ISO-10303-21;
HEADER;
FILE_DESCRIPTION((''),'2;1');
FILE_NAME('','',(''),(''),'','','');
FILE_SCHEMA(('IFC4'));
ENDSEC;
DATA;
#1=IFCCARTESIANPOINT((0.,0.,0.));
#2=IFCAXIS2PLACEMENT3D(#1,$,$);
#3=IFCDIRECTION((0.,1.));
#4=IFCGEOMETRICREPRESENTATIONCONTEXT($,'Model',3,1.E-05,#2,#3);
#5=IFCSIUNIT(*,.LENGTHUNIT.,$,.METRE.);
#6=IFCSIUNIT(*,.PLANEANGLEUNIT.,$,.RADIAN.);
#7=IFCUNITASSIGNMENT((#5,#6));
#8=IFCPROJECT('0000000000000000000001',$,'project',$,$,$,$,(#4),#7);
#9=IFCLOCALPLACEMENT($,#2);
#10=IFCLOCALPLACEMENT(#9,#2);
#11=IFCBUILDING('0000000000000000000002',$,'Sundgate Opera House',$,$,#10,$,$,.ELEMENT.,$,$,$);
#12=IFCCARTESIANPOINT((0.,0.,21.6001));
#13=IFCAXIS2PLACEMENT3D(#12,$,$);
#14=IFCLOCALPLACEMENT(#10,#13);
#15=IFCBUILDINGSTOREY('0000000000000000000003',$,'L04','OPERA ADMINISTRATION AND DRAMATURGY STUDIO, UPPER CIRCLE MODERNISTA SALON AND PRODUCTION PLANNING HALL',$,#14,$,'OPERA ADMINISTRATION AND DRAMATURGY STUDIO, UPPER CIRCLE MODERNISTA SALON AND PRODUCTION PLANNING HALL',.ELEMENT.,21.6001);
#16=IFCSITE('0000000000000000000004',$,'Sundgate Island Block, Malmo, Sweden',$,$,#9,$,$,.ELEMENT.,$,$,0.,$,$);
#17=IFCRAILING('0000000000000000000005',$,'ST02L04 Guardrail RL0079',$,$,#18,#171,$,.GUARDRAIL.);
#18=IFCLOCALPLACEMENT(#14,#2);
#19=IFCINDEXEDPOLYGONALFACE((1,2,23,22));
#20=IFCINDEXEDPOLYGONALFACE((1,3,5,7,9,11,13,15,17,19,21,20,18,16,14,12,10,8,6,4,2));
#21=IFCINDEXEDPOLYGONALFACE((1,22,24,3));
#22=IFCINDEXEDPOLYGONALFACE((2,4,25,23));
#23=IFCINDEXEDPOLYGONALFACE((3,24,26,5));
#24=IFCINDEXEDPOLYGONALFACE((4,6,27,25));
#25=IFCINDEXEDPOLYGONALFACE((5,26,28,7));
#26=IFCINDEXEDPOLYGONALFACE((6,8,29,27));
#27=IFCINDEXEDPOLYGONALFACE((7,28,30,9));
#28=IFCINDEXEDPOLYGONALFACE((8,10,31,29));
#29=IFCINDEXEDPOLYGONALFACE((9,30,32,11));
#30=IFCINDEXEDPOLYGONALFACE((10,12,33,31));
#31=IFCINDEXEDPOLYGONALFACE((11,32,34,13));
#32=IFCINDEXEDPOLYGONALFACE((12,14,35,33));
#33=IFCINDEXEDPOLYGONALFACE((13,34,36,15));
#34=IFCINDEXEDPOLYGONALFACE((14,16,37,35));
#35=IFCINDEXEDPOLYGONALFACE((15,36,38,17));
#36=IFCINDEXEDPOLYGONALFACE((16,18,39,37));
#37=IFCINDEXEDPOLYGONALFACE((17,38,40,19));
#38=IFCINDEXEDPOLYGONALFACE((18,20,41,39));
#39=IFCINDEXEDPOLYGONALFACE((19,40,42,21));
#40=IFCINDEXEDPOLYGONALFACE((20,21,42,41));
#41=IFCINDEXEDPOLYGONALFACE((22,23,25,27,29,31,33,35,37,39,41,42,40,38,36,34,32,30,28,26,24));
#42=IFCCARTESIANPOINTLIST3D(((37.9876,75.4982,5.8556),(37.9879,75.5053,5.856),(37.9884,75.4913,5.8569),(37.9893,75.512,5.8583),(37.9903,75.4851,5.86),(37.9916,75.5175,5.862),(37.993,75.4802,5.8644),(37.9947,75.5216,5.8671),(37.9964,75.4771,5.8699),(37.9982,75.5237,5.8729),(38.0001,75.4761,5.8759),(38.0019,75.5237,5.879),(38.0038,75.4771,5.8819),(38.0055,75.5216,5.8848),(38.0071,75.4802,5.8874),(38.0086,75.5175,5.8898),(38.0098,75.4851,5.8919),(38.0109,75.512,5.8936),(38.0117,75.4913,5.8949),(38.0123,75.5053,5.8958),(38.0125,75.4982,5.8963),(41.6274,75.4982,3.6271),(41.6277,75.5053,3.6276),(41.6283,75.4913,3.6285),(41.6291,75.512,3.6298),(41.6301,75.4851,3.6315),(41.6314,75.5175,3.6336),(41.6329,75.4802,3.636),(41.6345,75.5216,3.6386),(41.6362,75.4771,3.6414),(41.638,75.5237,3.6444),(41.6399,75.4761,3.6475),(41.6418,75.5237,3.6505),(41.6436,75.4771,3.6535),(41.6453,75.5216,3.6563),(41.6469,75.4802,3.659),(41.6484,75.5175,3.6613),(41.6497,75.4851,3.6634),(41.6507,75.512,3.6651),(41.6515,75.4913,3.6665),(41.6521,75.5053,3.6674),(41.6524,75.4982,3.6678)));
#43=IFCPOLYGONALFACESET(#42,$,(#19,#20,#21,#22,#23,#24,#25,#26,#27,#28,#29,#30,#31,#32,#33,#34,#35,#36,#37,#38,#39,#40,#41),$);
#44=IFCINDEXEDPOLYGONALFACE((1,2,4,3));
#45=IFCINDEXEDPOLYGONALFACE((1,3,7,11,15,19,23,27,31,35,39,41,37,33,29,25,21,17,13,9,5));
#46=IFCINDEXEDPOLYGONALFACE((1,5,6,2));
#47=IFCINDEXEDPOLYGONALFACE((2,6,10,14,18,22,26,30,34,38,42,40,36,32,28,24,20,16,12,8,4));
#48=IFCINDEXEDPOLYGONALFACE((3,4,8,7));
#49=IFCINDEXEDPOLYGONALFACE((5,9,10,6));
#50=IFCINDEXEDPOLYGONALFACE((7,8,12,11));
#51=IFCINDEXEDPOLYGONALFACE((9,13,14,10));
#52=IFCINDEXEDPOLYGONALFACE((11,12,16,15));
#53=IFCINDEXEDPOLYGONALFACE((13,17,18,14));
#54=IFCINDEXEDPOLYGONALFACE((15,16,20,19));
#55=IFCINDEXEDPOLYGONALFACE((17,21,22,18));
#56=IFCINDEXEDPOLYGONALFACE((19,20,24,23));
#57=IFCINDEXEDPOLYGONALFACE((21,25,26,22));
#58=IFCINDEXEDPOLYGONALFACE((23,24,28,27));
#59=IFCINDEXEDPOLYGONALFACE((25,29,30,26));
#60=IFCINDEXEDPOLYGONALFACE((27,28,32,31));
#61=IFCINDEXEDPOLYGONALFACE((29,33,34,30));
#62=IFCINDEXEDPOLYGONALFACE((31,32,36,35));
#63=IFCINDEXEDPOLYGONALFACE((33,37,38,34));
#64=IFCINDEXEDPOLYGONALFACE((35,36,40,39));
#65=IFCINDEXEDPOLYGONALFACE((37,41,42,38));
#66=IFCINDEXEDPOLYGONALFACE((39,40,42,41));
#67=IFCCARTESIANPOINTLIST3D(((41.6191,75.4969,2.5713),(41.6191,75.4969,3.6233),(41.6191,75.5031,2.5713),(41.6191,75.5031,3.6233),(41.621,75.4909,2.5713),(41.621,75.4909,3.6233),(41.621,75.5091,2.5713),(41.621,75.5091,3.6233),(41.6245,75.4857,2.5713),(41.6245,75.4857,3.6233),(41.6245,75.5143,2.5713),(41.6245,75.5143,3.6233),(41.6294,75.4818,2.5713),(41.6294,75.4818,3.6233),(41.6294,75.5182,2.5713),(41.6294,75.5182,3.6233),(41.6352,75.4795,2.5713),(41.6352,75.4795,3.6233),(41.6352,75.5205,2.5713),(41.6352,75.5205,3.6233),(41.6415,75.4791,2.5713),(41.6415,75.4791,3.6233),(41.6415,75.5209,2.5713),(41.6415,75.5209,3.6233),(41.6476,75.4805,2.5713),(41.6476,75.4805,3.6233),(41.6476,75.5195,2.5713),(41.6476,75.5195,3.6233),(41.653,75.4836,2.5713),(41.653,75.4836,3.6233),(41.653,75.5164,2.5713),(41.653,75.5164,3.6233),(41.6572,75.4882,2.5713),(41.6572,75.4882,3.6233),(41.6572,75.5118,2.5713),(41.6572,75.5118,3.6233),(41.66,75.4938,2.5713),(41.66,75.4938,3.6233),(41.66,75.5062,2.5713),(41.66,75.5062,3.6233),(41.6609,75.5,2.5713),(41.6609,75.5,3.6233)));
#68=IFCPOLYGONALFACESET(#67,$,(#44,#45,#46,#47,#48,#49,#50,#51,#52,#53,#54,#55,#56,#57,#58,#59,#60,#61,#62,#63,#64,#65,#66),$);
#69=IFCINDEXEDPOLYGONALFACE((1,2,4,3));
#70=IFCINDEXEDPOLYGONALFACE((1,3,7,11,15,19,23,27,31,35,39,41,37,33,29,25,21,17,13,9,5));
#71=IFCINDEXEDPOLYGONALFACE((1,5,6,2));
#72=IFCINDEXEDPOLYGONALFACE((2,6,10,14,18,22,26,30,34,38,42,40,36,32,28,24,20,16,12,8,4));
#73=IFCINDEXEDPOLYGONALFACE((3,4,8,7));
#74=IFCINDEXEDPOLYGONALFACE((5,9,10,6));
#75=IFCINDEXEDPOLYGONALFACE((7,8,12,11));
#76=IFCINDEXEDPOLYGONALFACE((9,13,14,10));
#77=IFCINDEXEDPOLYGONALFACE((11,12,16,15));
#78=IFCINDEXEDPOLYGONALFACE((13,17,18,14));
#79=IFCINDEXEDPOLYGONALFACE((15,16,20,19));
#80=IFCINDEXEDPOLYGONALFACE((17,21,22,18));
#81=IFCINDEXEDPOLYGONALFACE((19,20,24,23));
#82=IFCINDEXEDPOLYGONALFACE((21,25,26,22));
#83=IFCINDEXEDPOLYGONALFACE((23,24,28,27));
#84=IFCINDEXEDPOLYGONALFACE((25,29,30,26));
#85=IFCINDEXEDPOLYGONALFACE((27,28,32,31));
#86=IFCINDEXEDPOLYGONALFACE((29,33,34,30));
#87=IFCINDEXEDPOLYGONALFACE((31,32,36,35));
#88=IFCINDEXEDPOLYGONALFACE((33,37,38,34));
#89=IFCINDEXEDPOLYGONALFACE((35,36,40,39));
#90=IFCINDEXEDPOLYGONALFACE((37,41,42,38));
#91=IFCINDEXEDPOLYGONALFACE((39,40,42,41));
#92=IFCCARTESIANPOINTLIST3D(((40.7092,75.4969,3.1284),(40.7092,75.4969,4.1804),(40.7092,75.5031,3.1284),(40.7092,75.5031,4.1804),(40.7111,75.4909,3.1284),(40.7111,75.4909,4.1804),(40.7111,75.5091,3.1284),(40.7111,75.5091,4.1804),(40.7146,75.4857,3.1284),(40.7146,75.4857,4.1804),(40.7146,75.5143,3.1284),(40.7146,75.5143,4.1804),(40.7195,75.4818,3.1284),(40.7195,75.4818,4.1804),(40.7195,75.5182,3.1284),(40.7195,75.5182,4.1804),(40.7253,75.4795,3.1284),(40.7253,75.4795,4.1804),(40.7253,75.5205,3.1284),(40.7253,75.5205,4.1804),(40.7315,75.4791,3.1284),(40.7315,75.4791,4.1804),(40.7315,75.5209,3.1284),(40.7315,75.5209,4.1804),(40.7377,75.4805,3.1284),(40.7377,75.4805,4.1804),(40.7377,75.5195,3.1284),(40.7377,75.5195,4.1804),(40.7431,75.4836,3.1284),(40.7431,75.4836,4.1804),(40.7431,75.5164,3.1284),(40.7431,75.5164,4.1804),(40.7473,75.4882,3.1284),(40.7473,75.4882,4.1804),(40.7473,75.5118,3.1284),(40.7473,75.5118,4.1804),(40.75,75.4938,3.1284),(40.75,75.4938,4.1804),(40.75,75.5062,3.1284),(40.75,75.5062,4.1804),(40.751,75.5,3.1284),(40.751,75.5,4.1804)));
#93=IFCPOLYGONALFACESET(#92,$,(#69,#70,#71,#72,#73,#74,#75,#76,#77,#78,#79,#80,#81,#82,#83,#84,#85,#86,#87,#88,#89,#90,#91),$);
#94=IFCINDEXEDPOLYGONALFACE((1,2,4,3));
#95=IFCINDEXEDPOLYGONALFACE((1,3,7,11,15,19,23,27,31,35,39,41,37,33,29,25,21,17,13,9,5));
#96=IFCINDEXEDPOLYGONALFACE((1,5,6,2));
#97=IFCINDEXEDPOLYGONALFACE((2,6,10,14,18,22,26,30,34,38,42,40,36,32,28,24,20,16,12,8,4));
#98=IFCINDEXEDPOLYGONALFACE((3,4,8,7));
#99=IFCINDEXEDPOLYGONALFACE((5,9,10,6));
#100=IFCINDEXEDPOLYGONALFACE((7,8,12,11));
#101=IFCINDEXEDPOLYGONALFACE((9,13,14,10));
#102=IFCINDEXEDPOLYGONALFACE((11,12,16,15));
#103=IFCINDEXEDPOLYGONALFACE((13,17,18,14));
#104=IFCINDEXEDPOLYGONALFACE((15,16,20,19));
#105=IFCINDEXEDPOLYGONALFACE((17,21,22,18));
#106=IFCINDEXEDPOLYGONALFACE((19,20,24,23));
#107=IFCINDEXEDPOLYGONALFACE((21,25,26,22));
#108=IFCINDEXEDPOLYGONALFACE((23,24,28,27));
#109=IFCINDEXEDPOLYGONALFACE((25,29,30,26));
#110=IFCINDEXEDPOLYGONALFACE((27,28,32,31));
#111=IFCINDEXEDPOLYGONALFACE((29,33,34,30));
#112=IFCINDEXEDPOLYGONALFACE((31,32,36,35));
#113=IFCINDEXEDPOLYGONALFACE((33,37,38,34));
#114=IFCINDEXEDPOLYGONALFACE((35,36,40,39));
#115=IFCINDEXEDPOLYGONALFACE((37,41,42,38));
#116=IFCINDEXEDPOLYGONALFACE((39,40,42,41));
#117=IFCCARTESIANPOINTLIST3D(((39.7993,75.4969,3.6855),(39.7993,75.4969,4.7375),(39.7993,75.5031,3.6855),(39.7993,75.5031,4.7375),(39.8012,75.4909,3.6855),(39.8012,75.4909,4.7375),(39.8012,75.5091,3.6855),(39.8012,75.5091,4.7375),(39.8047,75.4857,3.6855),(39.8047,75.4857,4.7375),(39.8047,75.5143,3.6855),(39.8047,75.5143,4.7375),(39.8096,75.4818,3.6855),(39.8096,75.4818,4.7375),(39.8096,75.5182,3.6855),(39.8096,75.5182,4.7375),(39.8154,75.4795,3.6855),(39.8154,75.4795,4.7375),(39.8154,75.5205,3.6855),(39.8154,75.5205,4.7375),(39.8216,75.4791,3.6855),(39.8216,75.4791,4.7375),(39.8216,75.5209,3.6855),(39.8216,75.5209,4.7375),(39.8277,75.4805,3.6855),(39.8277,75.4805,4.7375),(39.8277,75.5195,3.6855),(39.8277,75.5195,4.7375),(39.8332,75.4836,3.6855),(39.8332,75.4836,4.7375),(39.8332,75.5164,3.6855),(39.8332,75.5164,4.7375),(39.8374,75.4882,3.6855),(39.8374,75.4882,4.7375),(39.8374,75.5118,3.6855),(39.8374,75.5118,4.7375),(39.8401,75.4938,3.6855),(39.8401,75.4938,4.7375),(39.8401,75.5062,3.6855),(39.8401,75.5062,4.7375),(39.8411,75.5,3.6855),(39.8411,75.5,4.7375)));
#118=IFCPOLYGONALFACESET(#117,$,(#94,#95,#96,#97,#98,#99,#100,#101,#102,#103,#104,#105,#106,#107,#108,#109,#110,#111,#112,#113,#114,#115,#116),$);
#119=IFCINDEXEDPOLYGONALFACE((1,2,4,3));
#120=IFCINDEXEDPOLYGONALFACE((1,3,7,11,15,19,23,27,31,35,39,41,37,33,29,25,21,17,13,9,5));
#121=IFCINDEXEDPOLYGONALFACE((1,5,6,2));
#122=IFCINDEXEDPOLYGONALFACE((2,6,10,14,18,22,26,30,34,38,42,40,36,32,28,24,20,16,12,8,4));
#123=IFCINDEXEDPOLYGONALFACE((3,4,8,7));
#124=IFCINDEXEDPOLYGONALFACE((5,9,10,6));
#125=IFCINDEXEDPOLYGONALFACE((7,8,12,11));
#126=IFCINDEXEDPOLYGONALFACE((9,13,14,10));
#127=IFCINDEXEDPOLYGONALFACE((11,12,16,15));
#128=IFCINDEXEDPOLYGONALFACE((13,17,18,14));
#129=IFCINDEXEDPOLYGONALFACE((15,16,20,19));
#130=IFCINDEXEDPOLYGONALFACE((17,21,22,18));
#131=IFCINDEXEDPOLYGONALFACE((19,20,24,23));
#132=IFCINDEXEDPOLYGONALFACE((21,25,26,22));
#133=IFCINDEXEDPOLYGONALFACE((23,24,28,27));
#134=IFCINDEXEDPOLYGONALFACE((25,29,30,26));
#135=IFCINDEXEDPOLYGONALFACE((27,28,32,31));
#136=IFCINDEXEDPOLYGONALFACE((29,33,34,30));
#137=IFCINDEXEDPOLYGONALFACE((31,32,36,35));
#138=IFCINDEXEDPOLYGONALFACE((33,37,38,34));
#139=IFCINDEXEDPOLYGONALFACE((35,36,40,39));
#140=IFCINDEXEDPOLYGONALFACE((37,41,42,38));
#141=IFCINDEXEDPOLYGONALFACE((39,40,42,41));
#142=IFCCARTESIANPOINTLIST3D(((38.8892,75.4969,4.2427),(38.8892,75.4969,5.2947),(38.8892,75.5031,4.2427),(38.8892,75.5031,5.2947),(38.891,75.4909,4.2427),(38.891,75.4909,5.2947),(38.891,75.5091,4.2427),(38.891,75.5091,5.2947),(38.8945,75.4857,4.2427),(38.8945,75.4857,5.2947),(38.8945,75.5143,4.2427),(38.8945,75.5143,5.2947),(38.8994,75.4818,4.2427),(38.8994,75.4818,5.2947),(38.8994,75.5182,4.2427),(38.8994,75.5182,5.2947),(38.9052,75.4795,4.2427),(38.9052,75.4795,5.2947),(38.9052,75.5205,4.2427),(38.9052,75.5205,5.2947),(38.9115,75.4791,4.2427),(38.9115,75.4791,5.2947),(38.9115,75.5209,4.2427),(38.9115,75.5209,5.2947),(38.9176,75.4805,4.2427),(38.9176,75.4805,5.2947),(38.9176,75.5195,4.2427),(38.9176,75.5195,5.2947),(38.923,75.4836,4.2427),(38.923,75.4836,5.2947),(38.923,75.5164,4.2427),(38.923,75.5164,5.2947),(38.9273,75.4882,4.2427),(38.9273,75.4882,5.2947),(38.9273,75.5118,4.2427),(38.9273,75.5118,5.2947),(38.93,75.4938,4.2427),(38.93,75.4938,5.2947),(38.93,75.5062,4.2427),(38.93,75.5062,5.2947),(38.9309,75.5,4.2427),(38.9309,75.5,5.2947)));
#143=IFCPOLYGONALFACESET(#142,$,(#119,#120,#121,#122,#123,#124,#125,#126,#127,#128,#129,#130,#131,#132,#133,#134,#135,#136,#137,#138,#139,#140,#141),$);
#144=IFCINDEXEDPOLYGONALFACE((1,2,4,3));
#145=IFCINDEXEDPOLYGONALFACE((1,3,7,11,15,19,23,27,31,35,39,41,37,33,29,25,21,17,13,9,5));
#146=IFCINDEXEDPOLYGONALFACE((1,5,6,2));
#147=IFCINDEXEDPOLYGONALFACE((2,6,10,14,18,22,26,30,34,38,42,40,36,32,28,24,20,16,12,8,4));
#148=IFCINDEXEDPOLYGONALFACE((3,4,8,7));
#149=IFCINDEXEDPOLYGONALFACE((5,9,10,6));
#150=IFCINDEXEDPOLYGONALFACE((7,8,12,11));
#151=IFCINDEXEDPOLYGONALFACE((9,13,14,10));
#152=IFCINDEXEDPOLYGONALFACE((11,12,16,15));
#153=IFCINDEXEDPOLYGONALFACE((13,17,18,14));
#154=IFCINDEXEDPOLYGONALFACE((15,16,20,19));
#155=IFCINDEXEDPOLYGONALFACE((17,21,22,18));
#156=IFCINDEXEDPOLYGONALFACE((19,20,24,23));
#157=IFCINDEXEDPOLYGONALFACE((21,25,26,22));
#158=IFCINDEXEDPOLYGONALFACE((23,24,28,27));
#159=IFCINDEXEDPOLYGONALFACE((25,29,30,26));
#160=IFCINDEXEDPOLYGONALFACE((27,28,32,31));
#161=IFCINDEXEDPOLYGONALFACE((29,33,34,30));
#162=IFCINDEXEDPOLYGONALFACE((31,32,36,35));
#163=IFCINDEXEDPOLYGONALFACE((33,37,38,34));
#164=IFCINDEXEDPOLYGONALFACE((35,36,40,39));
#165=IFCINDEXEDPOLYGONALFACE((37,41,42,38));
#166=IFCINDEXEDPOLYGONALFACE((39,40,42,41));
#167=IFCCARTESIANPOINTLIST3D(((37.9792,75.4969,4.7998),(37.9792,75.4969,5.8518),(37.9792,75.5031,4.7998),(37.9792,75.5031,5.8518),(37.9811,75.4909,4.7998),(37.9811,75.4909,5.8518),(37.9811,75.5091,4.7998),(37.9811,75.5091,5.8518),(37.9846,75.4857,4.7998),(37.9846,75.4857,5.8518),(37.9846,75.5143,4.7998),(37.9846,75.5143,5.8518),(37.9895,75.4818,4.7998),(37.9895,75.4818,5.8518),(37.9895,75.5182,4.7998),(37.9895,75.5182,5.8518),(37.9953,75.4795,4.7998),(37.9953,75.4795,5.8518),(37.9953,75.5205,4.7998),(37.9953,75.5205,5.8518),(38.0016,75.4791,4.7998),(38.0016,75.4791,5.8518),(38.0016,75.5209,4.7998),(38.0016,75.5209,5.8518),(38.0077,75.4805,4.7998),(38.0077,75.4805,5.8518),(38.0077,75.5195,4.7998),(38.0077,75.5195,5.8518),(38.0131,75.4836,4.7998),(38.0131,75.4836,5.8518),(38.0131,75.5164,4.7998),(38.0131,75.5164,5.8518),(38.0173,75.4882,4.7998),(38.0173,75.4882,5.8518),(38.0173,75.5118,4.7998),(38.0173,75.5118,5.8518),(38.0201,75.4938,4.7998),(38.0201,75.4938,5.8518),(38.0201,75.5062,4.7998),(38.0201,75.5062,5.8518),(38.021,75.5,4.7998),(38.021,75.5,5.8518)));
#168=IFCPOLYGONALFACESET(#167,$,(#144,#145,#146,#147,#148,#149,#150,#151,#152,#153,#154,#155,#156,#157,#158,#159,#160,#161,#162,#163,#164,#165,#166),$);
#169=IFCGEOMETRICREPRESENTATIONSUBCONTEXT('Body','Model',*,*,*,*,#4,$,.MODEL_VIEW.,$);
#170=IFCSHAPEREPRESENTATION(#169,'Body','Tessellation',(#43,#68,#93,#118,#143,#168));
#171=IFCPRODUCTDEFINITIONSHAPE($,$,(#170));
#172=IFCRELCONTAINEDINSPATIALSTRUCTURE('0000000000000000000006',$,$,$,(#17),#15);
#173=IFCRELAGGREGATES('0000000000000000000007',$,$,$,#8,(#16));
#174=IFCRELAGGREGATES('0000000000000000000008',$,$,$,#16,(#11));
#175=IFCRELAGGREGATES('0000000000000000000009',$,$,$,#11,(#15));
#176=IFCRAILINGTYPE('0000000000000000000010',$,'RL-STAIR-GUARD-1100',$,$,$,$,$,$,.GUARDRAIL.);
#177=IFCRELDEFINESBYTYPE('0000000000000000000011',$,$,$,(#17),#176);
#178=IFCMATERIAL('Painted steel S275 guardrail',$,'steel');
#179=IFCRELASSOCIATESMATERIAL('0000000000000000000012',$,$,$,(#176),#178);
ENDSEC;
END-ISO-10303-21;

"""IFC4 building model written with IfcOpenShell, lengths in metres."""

from ifc_helpers import new_model, si_unit, direction, frame, origin, origin_2d, place, context, subcontext, project, spatial, circle, extrude, material, type_object, element, save


model = new_model("IFC4")

# Units and contexts
model_context = context("Model", 3, precision=1e-05, world=origin(), true_north=direction((0.0, 1.0)))
body_context = subcontext(model_context, "Body", "Model", "MODEL_VIEW")
ifc_project = project(units=[si_unit("LENGTHUNIT", "METRE"), si_unit("PLANEANGLEUNIT", "RADIAN")], contexts=[model_context])

# Site, building, storey
site_placement = place(None, origin())
site = spatial("IfcSite", under=ifc_project, at=site_placement, Name="Sundgate Island Block, Malmo, Sweden", CompositionType="ELEMENT", RefElevation=0.0)
building_placement = place(site_placement, origin())
building = spatial("IfcBuilding", under=site, at=building_placement, Name="Sundgate Opera House", CompositionType="ELEMENT")
storey_placement = place(building_placement, frame((0.0, 0.0, 21.6001)))
storey = spatial("IfcBuildingStorey", under=building, at=storey_placement, Name="L04", Description="OPERA ADMINISTRATION AND DRAMATURGY STUDIO, UPPER CIRCLE MODERNISTA SALON AND PRODUCTION PLANNING HALL", LongName="OPERA ADMINISTRATION AND DRAMATURGY STUDIO, UPPER CIRCLE MODERNISTA SALON AND PRODUCTION PLANNING HALL", CompositionType="ELEMENT", Elevation=21.6001)

# Railing
ifc_material_1 = material(Name="Painted steel S275 guardrail", Category="steel")
railing_type_1 = type_object("IfcRailingType", Name="RL-STAIR-GUARD-1100", PredefinedType="GUARDRAIL", material=ifc_material_1)
railing_1_placement = place(storey_placement, frame((41.6399, 75.5, 2.5713)))
element("IfcRailing", 1, at=railing_1_placement, inside=storey, type_object=railing_type_1, Name="ST02L04 Guardrail RL0079", PredefinedType="GUARDRAIL", context=body_context, shape_type="SweptSolid", body=[
    extrude(circle(Radius=0.0239, at=origin_2d()), frame((0.0, 0.0, 1.0762), z_axis=(-0.85285, 0.0, 0.522156), x_axis=(0.0, -1.0, 0.0)), (0.0, 0.0, 1.0), 4.2678),
    extrude(circle(Radius=0.021, at=origin_2d()), origin(), (0.0, 0.0, 1.0), 1.052),
    extrude(circle(Radius=0.021, at=origin_2d()), frame((-0.9099, 0.0, 0.5571)), (0.0, 0.0, 1.0), 1.052),
    extrude(circle(Radius=0.021, at=origin_2d()), frame((-1.8198, 0.0, 1.1143)), (0.0, 0.0, 1.0), 1.052),
    extrude(circle(Radius=0.021, at=origin_2d()), frame((-2.73, 0.0, 1.6714)), (0.0, 0.0, 1.0), 1.052),
    extrude(circle(Radius=0.021, at=origin_2d()), frame((-3.6399, 0.0, 2.2285)), (0.0, 0.0, 1.0), 1.052),
])

save(model, "model.ifc")
